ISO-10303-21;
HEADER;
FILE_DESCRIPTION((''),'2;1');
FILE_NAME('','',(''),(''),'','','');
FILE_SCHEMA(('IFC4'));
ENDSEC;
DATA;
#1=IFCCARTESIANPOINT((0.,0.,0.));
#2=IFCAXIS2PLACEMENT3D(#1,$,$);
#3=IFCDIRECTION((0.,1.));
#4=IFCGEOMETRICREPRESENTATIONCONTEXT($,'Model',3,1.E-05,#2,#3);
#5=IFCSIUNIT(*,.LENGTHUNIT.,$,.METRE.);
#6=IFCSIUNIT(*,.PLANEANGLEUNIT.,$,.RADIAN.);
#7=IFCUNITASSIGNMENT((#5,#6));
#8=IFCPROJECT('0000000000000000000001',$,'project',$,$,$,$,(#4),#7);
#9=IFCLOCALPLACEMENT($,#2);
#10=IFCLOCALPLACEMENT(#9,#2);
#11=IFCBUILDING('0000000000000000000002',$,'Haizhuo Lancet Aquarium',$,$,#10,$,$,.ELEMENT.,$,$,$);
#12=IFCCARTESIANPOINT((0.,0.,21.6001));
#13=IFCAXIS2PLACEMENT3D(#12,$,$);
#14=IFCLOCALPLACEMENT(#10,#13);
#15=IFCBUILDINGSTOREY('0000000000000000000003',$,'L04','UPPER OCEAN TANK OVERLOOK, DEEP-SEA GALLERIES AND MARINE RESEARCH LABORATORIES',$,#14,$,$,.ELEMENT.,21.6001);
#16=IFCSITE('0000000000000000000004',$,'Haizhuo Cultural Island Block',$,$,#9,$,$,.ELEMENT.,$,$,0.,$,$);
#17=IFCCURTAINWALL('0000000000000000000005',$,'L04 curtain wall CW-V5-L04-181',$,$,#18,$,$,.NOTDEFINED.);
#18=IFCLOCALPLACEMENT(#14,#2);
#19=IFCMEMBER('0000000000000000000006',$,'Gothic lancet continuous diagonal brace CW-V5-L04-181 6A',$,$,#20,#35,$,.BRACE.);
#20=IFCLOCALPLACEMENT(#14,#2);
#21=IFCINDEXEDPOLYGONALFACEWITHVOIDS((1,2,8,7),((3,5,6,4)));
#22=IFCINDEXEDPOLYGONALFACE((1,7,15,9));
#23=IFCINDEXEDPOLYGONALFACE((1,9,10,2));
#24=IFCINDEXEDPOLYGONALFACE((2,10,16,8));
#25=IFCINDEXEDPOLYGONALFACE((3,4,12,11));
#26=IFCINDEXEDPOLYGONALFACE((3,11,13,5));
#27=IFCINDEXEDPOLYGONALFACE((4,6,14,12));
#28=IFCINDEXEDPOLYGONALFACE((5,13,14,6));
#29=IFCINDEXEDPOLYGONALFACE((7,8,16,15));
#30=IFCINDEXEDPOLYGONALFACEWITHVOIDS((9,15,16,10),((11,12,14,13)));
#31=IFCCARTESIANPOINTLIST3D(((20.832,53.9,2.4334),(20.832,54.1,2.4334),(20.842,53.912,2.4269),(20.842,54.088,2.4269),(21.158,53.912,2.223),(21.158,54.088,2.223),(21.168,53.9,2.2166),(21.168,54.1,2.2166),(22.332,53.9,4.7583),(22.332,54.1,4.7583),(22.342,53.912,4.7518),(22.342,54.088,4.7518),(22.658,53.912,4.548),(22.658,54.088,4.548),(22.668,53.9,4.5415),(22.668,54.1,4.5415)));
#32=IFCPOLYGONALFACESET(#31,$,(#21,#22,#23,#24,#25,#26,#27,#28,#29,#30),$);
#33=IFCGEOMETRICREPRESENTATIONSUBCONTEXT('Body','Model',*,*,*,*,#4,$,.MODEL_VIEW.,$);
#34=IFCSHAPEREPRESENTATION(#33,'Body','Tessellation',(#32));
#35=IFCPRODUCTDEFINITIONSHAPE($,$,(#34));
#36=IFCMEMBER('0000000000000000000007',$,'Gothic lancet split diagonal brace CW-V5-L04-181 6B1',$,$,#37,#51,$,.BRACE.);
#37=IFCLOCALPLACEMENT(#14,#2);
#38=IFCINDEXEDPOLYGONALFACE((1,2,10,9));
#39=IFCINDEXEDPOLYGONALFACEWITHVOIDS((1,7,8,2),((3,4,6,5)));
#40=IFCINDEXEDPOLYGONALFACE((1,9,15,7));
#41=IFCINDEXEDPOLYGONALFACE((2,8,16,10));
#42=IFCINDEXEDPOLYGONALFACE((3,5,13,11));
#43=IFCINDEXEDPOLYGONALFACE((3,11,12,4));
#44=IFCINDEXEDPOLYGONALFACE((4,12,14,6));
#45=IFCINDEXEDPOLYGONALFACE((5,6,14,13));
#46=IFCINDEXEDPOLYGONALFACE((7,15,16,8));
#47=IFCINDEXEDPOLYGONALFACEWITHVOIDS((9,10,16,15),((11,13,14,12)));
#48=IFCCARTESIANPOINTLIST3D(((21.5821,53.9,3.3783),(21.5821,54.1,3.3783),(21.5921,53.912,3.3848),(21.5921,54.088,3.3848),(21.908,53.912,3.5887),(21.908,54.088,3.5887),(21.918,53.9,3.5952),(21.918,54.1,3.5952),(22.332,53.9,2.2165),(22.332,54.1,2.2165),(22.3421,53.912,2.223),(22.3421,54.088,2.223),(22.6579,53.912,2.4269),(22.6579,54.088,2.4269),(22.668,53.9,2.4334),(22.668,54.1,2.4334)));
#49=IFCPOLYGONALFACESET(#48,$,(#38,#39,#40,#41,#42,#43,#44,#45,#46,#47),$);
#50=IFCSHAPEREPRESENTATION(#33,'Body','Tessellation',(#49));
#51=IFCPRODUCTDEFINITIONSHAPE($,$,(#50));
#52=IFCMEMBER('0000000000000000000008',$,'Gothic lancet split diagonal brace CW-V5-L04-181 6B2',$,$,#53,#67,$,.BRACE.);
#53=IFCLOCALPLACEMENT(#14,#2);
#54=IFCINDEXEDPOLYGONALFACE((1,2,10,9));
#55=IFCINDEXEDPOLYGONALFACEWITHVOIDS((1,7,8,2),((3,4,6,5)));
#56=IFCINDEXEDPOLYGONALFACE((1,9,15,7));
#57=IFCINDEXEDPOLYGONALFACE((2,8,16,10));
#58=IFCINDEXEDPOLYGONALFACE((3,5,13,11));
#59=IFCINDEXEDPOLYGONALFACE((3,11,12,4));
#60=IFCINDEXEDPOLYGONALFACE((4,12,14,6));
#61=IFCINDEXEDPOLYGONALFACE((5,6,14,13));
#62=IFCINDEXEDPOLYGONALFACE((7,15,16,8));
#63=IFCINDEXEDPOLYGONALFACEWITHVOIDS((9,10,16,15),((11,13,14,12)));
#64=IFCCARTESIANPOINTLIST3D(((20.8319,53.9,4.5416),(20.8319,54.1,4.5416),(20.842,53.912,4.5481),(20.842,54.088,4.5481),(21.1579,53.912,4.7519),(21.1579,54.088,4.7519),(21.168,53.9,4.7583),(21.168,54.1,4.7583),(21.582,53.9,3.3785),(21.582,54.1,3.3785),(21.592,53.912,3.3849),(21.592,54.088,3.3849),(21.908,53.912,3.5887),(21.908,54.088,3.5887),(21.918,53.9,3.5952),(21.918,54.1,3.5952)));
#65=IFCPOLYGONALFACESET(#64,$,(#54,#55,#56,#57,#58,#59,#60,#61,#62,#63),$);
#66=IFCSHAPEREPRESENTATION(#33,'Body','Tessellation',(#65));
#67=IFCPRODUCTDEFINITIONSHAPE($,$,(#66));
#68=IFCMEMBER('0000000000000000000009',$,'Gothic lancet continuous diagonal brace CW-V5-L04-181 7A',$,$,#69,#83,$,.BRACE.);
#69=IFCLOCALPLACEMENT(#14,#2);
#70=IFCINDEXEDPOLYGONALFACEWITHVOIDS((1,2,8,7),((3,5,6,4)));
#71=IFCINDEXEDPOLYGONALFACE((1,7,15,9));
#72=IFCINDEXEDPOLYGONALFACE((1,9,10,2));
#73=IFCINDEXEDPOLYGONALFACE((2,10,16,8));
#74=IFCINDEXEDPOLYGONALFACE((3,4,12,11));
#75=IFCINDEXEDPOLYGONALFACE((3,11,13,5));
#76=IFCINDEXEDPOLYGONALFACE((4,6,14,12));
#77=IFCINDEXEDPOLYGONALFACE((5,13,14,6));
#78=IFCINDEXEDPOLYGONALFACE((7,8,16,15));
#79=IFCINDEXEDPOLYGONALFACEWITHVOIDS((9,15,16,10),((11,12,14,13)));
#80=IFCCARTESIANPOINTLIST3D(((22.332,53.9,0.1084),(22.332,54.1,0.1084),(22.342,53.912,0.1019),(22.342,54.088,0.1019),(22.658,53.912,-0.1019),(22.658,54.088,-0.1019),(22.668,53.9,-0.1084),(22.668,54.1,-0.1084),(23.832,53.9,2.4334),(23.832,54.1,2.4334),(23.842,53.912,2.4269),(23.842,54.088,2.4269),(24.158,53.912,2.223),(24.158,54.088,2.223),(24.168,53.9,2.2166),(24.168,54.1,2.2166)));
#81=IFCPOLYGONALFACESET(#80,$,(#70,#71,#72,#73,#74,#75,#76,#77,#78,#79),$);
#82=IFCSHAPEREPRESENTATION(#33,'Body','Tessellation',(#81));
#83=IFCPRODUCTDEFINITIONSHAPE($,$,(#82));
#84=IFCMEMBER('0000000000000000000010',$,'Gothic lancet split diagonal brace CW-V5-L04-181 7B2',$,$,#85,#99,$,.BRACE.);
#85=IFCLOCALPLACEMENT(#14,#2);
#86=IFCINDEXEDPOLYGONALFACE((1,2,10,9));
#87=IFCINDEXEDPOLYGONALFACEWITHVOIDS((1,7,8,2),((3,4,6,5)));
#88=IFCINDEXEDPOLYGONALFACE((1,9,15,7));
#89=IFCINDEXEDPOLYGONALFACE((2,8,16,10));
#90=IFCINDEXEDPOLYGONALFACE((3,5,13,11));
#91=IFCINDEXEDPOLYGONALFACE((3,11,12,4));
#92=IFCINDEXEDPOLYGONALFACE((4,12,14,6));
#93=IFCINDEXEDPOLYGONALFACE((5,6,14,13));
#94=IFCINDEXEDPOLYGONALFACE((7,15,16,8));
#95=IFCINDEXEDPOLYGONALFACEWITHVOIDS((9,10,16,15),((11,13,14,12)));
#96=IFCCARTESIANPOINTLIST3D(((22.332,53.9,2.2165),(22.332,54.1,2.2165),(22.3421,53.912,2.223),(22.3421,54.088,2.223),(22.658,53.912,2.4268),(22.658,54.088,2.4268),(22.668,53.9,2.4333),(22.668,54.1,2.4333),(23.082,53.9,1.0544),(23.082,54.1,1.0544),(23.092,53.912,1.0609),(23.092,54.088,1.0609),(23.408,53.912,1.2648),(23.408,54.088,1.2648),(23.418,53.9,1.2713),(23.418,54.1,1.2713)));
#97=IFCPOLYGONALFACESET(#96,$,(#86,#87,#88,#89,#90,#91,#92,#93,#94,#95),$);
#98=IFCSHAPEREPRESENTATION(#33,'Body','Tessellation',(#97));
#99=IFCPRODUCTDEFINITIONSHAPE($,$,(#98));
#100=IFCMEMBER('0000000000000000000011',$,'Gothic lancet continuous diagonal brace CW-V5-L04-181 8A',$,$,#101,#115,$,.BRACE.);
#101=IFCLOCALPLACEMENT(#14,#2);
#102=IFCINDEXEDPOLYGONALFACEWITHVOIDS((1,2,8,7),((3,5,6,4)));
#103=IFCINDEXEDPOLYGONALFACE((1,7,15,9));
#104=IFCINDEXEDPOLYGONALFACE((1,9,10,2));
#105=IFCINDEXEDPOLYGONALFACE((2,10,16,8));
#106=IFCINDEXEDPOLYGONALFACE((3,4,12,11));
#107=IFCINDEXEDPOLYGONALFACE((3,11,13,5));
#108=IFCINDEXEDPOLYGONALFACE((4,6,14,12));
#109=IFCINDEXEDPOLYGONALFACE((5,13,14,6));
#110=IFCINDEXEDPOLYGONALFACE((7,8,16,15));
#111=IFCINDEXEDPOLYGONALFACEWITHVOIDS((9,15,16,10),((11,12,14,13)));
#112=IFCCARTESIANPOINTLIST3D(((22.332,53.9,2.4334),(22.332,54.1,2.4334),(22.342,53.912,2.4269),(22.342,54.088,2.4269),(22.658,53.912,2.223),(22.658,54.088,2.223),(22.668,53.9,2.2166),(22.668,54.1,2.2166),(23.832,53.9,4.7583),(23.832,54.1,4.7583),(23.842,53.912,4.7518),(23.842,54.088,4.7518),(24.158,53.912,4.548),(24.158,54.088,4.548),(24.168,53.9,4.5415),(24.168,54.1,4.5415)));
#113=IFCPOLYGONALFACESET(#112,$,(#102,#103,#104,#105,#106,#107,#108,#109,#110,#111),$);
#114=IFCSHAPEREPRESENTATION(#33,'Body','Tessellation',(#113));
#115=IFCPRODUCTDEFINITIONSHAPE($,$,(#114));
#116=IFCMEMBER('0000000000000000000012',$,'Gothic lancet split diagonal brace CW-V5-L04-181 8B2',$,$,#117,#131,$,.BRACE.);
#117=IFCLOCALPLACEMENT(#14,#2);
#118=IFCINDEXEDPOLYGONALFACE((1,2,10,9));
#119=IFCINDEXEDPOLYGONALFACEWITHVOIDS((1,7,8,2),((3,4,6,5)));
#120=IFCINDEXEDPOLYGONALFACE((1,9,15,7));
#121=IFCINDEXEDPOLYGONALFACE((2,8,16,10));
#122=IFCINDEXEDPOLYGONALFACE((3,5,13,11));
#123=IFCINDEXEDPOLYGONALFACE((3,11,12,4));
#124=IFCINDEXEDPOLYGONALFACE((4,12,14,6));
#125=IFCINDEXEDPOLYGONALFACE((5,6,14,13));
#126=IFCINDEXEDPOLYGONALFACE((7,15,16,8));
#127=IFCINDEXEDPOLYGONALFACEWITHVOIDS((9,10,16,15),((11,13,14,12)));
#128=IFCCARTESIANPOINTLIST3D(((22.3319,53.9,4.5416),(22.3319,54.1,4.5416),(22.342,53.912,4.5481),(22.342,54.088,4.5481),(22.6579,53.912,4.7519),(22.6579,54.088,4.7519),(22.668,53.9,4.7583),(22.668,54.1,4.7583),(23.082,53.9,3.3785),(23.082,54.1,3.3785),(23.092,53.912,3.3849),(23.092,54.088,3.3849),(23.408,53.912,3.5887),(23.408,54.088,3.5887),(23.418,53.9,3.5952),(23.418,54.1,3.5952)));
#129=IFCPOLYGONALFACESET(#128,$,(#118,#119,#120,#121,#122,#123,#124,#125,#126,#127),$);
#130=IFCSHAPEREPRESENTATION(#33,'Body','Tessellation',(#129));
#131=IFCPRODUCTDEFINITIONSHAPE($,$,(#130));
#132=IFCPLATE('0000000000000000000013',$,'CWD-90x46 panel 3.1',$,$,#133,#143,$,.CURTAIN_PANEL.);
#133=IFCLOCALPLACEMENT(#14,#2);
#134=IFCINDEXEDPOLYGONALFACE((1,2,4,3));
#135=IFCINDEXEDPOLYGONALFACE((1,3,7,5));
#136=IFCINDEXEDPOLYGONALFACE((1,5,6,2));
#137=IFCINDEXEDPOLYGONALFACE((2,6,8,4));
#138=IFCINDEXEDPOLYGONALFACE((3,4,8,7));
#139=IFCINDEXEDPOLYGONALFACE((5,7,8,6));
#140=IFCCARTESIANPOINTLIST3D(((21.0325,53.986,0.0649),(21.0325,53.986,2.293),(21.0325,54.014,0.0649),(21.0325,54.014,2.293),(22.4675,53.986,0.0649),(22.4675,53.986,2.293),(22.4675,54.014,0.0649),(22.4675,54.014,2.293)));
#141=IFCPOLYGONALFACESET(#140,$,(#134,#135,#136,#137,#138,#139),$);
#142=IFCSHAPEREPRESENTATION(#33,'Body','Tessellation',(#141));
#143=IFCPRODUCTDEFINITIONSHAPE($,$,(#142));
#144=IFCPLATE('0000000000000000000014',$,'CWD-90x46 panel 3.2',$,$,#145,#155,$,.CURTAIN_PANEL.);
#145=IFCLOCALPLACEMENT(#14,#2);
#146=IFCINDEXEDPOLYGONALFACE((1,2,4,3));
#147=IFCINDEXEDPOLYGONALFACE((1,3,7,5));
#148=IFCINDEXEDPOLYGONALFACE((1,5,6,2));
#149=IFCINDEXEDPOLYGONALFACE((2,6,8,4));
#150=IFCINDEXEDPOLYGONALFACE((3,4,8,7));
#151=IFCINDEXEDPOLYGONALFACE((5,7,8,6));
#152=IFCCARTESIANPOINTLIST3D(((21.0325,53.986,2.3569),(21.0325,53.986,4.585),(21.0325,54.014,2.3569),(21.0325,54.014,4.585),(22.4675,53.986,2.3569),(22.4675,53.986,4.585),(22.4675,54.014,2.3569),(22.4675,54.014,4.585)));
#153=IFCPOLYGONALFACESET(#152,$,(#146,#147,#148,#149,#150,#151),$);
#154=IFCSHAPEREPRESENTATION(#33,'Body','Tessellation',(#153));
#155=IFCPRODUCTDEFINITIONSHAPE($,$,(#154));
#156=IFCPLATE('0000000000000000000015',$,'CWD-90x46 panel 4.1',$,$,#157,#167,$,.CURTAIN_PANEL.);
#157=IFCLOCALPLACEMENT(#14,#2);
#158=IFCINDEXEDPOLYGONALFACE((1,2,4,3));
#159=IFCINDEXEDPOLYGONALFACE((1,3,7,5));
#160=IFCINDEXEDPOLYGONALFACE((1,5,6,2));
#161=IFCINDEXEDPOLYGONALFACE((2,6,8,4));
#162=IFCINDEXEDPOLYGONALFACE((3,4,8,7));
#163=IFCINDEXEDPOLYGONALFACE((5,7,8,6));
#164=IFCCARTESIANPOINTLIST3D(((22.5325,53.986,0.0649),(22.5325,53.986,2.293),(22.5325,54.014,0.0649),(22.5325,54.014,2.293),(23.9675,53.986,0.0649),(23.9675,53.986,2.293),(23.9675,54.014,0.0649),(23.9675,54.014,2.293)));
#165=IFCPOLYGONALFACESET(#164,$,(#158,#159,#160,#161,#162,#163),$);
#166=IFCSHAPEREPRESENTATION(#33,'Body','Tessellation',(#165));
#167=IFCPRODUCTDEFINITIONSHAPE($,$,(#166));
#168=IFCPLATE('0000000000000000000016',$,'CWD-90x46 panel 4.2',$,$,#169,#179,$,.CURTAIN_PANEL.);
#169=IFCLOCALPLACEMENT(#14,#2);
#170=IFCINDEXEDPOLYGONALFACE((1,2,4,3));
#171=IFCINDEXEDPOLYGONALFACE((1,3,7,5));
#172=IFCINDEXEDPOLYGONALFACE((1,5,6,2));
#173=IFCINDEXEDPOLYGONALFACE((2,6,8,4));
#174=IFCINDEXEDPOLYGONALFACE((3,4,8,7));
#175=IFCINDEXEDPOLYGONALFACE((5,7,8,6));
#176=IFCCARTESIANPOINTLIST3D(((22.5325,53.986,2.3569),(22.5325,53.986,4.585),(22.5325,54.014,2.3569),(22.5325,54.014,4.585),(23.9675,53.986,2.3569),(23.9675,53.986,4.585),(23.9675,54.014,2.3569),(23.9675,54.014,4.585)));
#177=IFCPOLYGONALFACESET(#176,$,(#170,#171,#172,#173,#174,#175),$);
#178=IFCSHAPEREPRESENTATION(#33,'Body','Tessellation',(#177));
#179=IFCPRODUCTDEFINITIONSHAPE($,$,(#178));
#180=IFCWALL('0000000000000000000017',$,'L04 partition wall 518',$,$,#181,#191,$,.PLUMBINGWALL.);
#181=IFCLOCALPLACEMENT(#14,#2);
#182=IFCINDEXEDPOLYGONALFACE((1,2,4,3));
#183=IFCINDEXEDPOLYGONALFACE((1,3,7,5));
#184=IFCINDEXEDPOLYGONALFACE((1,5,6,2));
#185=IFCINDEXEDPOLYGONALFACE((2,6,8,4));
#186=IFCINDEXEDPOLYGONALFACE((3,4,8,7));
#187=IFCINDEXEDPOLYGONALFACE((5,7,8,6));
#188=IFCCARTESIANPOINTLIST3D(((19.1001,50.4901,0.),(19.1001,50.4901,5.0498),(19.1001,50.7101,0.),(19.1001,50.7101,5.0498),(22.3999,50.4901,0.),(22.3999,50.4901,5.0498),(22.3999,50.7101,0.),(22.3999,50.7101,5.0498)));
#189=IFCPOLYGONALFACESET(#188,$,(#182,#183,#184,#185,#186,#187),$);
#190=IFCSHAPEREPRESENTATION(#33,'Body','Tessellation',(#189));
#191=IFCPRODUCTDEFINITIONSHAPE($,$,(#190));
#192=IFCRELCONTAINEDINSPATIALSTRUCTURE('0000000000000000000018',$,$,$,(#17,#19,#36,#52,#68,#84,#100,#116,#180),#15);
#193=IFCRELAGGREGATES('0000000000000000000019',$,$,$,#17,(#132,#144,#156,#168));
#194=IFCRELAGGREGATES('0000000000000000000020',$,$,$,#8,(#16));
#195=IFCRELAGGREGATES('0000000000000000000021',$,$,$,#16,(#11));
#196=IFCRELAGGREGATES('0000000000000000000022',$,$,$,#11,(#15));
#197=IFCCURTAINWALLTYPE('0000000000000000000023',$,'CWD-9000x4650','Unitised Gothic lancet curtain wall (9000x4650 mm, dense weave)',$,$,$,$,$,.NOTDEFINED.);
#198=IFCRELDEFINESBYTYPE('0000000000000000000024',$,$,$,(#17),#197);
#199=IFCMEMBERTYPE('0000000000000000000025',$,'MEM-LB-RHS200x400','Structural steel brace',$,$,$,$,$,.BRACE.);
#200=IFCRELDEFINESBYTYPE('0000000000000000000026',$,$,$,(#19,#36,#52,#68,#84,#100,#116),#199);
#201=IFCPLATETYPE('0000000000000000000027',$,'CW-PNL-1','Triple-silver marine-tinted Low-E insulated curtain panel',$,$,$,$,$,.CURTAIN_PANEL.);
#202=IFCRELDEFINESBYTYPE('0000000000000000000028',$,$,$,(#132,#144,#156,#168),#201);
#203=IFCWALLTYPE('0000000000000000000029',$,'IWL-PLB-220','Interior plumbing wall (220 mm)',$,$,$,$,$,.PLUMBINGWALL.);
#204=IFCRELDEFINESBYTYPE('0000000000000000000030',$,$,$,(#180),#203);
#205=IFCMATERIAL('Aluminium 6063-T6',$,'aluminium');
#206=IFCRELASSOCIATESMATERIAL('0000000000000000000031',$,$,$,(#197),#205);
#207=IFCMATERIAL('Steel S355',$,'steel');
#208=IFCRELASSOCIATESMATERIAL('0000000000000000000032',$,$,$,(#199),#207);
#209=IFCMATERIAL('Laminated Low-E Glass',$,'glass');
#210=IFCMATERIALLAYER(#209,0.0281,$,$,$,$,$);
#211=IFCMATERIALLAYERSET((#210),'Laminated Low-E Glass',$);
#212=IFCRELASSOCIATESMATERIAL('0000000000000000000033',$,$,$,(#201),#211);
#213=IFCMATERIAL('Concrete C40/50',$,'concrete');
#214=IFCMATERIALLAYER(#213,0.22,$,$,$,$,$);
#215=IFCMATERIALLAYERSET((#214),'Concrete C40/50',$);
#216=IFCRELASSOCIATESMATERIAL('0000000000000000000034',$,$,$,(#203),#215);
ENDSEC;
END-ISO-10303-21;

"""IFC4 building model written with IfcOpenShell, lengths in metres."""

from ifc_helpers import new_model, si_unit, direction, frame, frame_2d, origin, origin_2d, place, context, subcontext, project, spatial, rectangle, hollow_rectangle, extrude, material, layer, layer_set, material_profile, profile_set, type_object, element, aggregate, save


model = new_model("IFC4")

# Units and contexts
model_context = context("Model", 3, precision=1e-05, world=origin(), true_north=direction((0.0, 1.0)))
body_context = subcontext(model_context, "Body", "Model", "MODEL_VIEW")
ifc_project = project(units=[si_unit("LENGTHUNIT", "METRE"), si_unit("PLANEANGLEUNIT", "RADIAN")], contexts=[model_context])

# Site, building, storey
site_placement = place(None, origin())
site = spatial("IfcSite", under=ifc_project, at=site_placement, Name="Haizhuo Cultural Island Block", CompositionType="ELEMENT", RefElevation=0.0)
building_placement = place(site_placement, origin())
building = spatial("IfcBuilding", under=site, at=building_placement, Name="Haizhuo Lancet Aquarium", CompositionType="ELEMENT")
storey_placement = place(building_placement, frame((0.0, 0.0, 21.6001)))
storey = spatial("IfcBuildingStorey", under=building, at=storey_placement, Name="L04", Description="UPPER OCEAN TANK OVERLOOK, DEEP-SEA GALLERIES AND MARINE RESEARCH LABORATORIES", CompositionType="ELEMENT", Elevation=21.6001)

# Curtain wall
ifc_material_1 = material(Name="Aluminium 6063-T6", Category="aluminium")
curtain_wall_type = type_object("IfcCurtainWallType", Name="CWD-9000x4650", Description="Unitised Gothic lancet curtain wall (9000x4650 mm, dense weave)", PredefinedType="NOTDEFINED", material=ifc_material_1)
curtain_wall_placement = place(storey_placement, origin())
curtain_wall = element("IfcCurtainWall", 1, at=curtain_wall_placement, inside=storey, type_object=curtain_wall_type, Name="L04 curtain wall CW-V5-L04-181", PredefinedType="NOTDEFINED")

# Members
ifc_material_2 = material(Name="Steel S355", Category="steel")
ifc_material_profile_1 = material_profile(ifc_material_2, hollow_rectangle(XDim=0.2, YDim=0.3999, WallThickness=0.012, at=origin_2d()), Name="RHS 200x400x12")
ifc_profile_set_1 = profile_set([ifc_material_profile_1], Name="Steel S355")
member_type_1 = type_object("IfcMemberType", Name="MEM-LB-RHS200x400", Description="Structural steel brace", PredefinedType="BRACE", material=ifc_profile_set_1)
member_1_placement = place(storey_placement, frame((21.0, 54.0, 2.325), z_axis=(0.542135, 0.0, 0.840291), x_axis=(0.0, 1.0, 0.0)))
element("IfcMember", 2, at=member_1_placement, inside=storey, type_object=member_type_1, Name="Gothic lancet continuous diagonal brace CW-V5-L04-181 6A", PredefinedType="BRACE", context=body_context, shape_type="SweptSolid", body=[
    extrude(hollow_rectangle(XDim=0.2, YDim=0.3999, WallThickness=0.012, at=origin_2d()), origin(), (0.0, 0.0, 1.0), 2.7668),
])
member_2_placement = place(storey_placement, frame((22.5, 54.0, 2.325), z_axis=(-0.542336, 0.0, 0.840162), x_axis=(0.0, -1.0, 0.0)))
element("IfcMember", 3, at=member_2_placement, inside=storey, type_object=member_type_1, Name="Gothic lancet split diagonal brace CW-V5-L04-181 6B1", PredefinedType="BRACE", context=body_context, shape_type="SweptSolid", body=[
    extrude(hollow_rectangle(XDim=0.2, YDim=0.3999, WallThickness=0.012, at=origin_2d()), origin(), (0.0, 0.0, 1.0), 1.3828),
])
member_3_placement = place(storey_placement, frame((21.75, 54.0, 3.4868), z_axis=(-0.541934, 0.0, 0.840421), x_axis=(0.0, -1.0, 0.0)))
element("IfcMember", 4, at=member_3_placement, inside=storey, type_object=member_type_1, Name="Gothic lancet split diagonal brace CW-V5-L04-181 6B2", PredefinedType="BRACE", context=body_context, shape_type="SweptSolid", body=[
    extrude(hollow_rectangle(XDim=0.2, YDim=0.3999, WallThickness=0.012, at=origin_2d()), origin(), (0.0, 0.0, 1.0), 1.384),
])
member_4_placement = place(storey_placement, frame((22.5, 54.0, 0.0), z_axis=(0.542135, 0.0, 0.840291), x_axis=(0.0, 1.0, 0.0)))
element("IfcMember", 5, at=member_4_placement, inside=storey, type_object=member_type_1, Name="Gothic lancet continuous diagonal brace CW-V5-L04-181 7A", PredefinedType="BRACE", context=body_context, shape_type="SweptSolid", body=[
    extrude(hollow_rectangle(XDim=0.2, YDim=0.3999, WallThickness=0.012, at=origin_2d()), origin(), (0.0, 0.0, 1.0), 2.7668),
])
member_5_placement = place(storey_placement, frame((23.25, 54.0, 1.1628), z_axis=(-0.542256, 0.0, 0.840214), x_axis=(0.0, -1.0, 0.0)))
element("IfcMember", 6, at=member_5_placement, inside=storey, type_object=member_type_1, Name="Gothic lancet split diagonal brace CW-V5-L04-181 7B2", PredefinedType="BRACE", context=body_context, shape_type="SweptSolid", body=[
    extrude(hollow_rectangle(XDim=0.2, YDim=0.3999, WallThickness=0.012, at=origin_2d()), origin(), (0.0, 0.0, 1.0), 1.3831),
])
member_6_placement = place(storey_placement, frame((22.5, 54.0, 2.325), z_axis=(0.542135, 0.0, 0.840291), x_axis=(0.0, 1.0, 0.0)))
element("IfcMember", 7, at=member_6_placement, inside=storey, type_object=member_type_1, Name="Gothic lancet continuous diagonal brace CW-V5-L04-181 8A", PredefinedType="BRACE", context=body_context, shape_type="SweptSolid", body=[
    extrude(hollow_rectangle(XDim=0.2, YDim=0.3999, WallThickness=0.012, at=origin_2d()), origin(), (0.0, 0.0, 1.0), 2.7668),
])
member_7_placement = place(storey_placement, frame((23.25, 54.0, 3.4868), z_axis=(-0.541934, 0.0, 0.840421), x_axis=(0.0, -1.0, 0.0)))
element("IfcMember", 8, at=member_7_placement, inside=storey, type_object=member_type_1, Name="Gothic lancet split diagonal brace CW-V5-L04-181 8B2", PredefinedType="BRACE", context=body_context, shape_type="SweptSolid", body=[
    extrude(hollow_rectangle(XDim=0.2, YDim=0.3999, WallThickness=0.012, at=origin_2d()), origin(), (0.0, 0.0, 1.0), 1.384),
])

# Plates
ifc_material_3 = material(Name="Laminated Low-E Glass", Category="glass")
ifc_layer_1 = layer(ifc_material_3, 0.0281)
ifc_layer_set_1 = layer_set([ifc_layer_1], Name="Laminated Low-E Glass")
plate_type = type_object("IfcPlateType", Name="CW-PNL-1", Description="Triple-silver marine-tinted Low-E insulated curtain panel", PredefinedType="CURTAIN_PANEL", material=ifc_layer_set_1)
plate_1_placement = place(storey_placement, frame((21.75, 54.0, 0.0649), z_axis=(0.0, 0.0, 1.0), x_axis=(1.0, 0.0, 0.0)))
plate_1 = element("IfcPlate", 9, at=plate_1_placement, type_object=plate_type, Name="CWD-90x46 panel 3.1", PredefinedType="CURTAIN_PANEL", context=body_context, shape_type="SweptSolid", body=[
    extrude(rectangle(XDim=1.4351, YDim=0.0281, at=origin_2d()), origin(), (0.0, 0.0, 1.0), 2.228),
])
plate_2_placement = place(storey_placement, frame((21.75, 54.0, 2.3569), z_axis=(0.0, 0.0, 1.0), x_axis=(1.0, 0.0, 0.0)))
plate_2 = element("IfcPlate", 10, at=plate_2_placement, type_object=plate_type, Name="CWD-90x46 panel 3.2", PredefinedType="CURTAIN_PANEL", context=body_context, shape_type="SweptSolid", body=[
    extrude(rectangle(XDim=1.4351, YDim=0.0281, at=origin_2d()), origin(), (0.0, 0.0, 1.0), 2.228),
])
plate_3_placement = place(storey_placement, frame((23.25, 54.0, 0.0649), z_axis=(0.0, 0.0, 1.0), x_axis=(1.0, 0.0, 0.0)))
plate_3 = element("IfcPlate", 11, at=plate_3_placement, type_object=plate_type, Name="CWD-90x46 panel 4.1", PredefinedType="CURTAIN_PANEL", context=body_context, shape_type="SweptSolid", body=[
    extrude(rectangle(XDim=1.4351, YDim=0.0281, at=origin_2d()), origin(), (0.0, 0.0, 1.0), 2.228),
])
plate_4_placement = place(storey_placement, frame((23.25, 54.0, 2.3569), z_axis=(0.0, 0.0, 1.0), x_axis=(1.0, 0.0, 0.0)))
plate_4 = element("IfcPlate", 12, at=plate_4_placement, type_object=plate_type, Name="CWD-90x46 panel 4.2", PredefinedType="CURTAIN_PANEL", context=body_context, shape_type="SweptSolid", body=[
    extrude(rectangle(XDim=1.4351, YDim=0.0281, at=origin_2d()), origin(), (0.0, 0.0, 1.0), 2.228),
])
aggregate(curtain_wall, [plate_1, plate_2, plate_3, plate_4])

# Wall
ifc_material_4 = material(Name="Concrete C40/50", Category="concrete")
ifc_layer_2 = layer(ifc_material_4, 0.22)
ifc_layer_set_2 = layer_set([ifc_layer_2], Name="Concrete C40/50")
wall_type = type_object("IfcWallType", Name="IWL-PLB-220", Description="Interior plumbing wall (220 mm)", PredefinedType="PLUMBINGWALL", material=ifc_layer_set_2)
wall_placement = place(storey_placement, frame((22.3999, 50.6001, 0.0), z_axis=(0.0, 0.0, 1.0), x_axis=(-1.0, 0.0, 0.0)))
element("IfcWall", 13, at=wall_placement, inside=storey, type_object=wall_type, Name="L04 partition wall 518", PredefinedType="PLUMBINGWALL", context=body_context, shape_type="SweptSolid", body=[
    extrude(rectangle(XDim=3.2998, YDim=0.22, at=frame_2d((1.6499, 0.0))), origin(), (0.0, 0.0, 1.0), 5.0498),
])

save(model, "model.ifc")
